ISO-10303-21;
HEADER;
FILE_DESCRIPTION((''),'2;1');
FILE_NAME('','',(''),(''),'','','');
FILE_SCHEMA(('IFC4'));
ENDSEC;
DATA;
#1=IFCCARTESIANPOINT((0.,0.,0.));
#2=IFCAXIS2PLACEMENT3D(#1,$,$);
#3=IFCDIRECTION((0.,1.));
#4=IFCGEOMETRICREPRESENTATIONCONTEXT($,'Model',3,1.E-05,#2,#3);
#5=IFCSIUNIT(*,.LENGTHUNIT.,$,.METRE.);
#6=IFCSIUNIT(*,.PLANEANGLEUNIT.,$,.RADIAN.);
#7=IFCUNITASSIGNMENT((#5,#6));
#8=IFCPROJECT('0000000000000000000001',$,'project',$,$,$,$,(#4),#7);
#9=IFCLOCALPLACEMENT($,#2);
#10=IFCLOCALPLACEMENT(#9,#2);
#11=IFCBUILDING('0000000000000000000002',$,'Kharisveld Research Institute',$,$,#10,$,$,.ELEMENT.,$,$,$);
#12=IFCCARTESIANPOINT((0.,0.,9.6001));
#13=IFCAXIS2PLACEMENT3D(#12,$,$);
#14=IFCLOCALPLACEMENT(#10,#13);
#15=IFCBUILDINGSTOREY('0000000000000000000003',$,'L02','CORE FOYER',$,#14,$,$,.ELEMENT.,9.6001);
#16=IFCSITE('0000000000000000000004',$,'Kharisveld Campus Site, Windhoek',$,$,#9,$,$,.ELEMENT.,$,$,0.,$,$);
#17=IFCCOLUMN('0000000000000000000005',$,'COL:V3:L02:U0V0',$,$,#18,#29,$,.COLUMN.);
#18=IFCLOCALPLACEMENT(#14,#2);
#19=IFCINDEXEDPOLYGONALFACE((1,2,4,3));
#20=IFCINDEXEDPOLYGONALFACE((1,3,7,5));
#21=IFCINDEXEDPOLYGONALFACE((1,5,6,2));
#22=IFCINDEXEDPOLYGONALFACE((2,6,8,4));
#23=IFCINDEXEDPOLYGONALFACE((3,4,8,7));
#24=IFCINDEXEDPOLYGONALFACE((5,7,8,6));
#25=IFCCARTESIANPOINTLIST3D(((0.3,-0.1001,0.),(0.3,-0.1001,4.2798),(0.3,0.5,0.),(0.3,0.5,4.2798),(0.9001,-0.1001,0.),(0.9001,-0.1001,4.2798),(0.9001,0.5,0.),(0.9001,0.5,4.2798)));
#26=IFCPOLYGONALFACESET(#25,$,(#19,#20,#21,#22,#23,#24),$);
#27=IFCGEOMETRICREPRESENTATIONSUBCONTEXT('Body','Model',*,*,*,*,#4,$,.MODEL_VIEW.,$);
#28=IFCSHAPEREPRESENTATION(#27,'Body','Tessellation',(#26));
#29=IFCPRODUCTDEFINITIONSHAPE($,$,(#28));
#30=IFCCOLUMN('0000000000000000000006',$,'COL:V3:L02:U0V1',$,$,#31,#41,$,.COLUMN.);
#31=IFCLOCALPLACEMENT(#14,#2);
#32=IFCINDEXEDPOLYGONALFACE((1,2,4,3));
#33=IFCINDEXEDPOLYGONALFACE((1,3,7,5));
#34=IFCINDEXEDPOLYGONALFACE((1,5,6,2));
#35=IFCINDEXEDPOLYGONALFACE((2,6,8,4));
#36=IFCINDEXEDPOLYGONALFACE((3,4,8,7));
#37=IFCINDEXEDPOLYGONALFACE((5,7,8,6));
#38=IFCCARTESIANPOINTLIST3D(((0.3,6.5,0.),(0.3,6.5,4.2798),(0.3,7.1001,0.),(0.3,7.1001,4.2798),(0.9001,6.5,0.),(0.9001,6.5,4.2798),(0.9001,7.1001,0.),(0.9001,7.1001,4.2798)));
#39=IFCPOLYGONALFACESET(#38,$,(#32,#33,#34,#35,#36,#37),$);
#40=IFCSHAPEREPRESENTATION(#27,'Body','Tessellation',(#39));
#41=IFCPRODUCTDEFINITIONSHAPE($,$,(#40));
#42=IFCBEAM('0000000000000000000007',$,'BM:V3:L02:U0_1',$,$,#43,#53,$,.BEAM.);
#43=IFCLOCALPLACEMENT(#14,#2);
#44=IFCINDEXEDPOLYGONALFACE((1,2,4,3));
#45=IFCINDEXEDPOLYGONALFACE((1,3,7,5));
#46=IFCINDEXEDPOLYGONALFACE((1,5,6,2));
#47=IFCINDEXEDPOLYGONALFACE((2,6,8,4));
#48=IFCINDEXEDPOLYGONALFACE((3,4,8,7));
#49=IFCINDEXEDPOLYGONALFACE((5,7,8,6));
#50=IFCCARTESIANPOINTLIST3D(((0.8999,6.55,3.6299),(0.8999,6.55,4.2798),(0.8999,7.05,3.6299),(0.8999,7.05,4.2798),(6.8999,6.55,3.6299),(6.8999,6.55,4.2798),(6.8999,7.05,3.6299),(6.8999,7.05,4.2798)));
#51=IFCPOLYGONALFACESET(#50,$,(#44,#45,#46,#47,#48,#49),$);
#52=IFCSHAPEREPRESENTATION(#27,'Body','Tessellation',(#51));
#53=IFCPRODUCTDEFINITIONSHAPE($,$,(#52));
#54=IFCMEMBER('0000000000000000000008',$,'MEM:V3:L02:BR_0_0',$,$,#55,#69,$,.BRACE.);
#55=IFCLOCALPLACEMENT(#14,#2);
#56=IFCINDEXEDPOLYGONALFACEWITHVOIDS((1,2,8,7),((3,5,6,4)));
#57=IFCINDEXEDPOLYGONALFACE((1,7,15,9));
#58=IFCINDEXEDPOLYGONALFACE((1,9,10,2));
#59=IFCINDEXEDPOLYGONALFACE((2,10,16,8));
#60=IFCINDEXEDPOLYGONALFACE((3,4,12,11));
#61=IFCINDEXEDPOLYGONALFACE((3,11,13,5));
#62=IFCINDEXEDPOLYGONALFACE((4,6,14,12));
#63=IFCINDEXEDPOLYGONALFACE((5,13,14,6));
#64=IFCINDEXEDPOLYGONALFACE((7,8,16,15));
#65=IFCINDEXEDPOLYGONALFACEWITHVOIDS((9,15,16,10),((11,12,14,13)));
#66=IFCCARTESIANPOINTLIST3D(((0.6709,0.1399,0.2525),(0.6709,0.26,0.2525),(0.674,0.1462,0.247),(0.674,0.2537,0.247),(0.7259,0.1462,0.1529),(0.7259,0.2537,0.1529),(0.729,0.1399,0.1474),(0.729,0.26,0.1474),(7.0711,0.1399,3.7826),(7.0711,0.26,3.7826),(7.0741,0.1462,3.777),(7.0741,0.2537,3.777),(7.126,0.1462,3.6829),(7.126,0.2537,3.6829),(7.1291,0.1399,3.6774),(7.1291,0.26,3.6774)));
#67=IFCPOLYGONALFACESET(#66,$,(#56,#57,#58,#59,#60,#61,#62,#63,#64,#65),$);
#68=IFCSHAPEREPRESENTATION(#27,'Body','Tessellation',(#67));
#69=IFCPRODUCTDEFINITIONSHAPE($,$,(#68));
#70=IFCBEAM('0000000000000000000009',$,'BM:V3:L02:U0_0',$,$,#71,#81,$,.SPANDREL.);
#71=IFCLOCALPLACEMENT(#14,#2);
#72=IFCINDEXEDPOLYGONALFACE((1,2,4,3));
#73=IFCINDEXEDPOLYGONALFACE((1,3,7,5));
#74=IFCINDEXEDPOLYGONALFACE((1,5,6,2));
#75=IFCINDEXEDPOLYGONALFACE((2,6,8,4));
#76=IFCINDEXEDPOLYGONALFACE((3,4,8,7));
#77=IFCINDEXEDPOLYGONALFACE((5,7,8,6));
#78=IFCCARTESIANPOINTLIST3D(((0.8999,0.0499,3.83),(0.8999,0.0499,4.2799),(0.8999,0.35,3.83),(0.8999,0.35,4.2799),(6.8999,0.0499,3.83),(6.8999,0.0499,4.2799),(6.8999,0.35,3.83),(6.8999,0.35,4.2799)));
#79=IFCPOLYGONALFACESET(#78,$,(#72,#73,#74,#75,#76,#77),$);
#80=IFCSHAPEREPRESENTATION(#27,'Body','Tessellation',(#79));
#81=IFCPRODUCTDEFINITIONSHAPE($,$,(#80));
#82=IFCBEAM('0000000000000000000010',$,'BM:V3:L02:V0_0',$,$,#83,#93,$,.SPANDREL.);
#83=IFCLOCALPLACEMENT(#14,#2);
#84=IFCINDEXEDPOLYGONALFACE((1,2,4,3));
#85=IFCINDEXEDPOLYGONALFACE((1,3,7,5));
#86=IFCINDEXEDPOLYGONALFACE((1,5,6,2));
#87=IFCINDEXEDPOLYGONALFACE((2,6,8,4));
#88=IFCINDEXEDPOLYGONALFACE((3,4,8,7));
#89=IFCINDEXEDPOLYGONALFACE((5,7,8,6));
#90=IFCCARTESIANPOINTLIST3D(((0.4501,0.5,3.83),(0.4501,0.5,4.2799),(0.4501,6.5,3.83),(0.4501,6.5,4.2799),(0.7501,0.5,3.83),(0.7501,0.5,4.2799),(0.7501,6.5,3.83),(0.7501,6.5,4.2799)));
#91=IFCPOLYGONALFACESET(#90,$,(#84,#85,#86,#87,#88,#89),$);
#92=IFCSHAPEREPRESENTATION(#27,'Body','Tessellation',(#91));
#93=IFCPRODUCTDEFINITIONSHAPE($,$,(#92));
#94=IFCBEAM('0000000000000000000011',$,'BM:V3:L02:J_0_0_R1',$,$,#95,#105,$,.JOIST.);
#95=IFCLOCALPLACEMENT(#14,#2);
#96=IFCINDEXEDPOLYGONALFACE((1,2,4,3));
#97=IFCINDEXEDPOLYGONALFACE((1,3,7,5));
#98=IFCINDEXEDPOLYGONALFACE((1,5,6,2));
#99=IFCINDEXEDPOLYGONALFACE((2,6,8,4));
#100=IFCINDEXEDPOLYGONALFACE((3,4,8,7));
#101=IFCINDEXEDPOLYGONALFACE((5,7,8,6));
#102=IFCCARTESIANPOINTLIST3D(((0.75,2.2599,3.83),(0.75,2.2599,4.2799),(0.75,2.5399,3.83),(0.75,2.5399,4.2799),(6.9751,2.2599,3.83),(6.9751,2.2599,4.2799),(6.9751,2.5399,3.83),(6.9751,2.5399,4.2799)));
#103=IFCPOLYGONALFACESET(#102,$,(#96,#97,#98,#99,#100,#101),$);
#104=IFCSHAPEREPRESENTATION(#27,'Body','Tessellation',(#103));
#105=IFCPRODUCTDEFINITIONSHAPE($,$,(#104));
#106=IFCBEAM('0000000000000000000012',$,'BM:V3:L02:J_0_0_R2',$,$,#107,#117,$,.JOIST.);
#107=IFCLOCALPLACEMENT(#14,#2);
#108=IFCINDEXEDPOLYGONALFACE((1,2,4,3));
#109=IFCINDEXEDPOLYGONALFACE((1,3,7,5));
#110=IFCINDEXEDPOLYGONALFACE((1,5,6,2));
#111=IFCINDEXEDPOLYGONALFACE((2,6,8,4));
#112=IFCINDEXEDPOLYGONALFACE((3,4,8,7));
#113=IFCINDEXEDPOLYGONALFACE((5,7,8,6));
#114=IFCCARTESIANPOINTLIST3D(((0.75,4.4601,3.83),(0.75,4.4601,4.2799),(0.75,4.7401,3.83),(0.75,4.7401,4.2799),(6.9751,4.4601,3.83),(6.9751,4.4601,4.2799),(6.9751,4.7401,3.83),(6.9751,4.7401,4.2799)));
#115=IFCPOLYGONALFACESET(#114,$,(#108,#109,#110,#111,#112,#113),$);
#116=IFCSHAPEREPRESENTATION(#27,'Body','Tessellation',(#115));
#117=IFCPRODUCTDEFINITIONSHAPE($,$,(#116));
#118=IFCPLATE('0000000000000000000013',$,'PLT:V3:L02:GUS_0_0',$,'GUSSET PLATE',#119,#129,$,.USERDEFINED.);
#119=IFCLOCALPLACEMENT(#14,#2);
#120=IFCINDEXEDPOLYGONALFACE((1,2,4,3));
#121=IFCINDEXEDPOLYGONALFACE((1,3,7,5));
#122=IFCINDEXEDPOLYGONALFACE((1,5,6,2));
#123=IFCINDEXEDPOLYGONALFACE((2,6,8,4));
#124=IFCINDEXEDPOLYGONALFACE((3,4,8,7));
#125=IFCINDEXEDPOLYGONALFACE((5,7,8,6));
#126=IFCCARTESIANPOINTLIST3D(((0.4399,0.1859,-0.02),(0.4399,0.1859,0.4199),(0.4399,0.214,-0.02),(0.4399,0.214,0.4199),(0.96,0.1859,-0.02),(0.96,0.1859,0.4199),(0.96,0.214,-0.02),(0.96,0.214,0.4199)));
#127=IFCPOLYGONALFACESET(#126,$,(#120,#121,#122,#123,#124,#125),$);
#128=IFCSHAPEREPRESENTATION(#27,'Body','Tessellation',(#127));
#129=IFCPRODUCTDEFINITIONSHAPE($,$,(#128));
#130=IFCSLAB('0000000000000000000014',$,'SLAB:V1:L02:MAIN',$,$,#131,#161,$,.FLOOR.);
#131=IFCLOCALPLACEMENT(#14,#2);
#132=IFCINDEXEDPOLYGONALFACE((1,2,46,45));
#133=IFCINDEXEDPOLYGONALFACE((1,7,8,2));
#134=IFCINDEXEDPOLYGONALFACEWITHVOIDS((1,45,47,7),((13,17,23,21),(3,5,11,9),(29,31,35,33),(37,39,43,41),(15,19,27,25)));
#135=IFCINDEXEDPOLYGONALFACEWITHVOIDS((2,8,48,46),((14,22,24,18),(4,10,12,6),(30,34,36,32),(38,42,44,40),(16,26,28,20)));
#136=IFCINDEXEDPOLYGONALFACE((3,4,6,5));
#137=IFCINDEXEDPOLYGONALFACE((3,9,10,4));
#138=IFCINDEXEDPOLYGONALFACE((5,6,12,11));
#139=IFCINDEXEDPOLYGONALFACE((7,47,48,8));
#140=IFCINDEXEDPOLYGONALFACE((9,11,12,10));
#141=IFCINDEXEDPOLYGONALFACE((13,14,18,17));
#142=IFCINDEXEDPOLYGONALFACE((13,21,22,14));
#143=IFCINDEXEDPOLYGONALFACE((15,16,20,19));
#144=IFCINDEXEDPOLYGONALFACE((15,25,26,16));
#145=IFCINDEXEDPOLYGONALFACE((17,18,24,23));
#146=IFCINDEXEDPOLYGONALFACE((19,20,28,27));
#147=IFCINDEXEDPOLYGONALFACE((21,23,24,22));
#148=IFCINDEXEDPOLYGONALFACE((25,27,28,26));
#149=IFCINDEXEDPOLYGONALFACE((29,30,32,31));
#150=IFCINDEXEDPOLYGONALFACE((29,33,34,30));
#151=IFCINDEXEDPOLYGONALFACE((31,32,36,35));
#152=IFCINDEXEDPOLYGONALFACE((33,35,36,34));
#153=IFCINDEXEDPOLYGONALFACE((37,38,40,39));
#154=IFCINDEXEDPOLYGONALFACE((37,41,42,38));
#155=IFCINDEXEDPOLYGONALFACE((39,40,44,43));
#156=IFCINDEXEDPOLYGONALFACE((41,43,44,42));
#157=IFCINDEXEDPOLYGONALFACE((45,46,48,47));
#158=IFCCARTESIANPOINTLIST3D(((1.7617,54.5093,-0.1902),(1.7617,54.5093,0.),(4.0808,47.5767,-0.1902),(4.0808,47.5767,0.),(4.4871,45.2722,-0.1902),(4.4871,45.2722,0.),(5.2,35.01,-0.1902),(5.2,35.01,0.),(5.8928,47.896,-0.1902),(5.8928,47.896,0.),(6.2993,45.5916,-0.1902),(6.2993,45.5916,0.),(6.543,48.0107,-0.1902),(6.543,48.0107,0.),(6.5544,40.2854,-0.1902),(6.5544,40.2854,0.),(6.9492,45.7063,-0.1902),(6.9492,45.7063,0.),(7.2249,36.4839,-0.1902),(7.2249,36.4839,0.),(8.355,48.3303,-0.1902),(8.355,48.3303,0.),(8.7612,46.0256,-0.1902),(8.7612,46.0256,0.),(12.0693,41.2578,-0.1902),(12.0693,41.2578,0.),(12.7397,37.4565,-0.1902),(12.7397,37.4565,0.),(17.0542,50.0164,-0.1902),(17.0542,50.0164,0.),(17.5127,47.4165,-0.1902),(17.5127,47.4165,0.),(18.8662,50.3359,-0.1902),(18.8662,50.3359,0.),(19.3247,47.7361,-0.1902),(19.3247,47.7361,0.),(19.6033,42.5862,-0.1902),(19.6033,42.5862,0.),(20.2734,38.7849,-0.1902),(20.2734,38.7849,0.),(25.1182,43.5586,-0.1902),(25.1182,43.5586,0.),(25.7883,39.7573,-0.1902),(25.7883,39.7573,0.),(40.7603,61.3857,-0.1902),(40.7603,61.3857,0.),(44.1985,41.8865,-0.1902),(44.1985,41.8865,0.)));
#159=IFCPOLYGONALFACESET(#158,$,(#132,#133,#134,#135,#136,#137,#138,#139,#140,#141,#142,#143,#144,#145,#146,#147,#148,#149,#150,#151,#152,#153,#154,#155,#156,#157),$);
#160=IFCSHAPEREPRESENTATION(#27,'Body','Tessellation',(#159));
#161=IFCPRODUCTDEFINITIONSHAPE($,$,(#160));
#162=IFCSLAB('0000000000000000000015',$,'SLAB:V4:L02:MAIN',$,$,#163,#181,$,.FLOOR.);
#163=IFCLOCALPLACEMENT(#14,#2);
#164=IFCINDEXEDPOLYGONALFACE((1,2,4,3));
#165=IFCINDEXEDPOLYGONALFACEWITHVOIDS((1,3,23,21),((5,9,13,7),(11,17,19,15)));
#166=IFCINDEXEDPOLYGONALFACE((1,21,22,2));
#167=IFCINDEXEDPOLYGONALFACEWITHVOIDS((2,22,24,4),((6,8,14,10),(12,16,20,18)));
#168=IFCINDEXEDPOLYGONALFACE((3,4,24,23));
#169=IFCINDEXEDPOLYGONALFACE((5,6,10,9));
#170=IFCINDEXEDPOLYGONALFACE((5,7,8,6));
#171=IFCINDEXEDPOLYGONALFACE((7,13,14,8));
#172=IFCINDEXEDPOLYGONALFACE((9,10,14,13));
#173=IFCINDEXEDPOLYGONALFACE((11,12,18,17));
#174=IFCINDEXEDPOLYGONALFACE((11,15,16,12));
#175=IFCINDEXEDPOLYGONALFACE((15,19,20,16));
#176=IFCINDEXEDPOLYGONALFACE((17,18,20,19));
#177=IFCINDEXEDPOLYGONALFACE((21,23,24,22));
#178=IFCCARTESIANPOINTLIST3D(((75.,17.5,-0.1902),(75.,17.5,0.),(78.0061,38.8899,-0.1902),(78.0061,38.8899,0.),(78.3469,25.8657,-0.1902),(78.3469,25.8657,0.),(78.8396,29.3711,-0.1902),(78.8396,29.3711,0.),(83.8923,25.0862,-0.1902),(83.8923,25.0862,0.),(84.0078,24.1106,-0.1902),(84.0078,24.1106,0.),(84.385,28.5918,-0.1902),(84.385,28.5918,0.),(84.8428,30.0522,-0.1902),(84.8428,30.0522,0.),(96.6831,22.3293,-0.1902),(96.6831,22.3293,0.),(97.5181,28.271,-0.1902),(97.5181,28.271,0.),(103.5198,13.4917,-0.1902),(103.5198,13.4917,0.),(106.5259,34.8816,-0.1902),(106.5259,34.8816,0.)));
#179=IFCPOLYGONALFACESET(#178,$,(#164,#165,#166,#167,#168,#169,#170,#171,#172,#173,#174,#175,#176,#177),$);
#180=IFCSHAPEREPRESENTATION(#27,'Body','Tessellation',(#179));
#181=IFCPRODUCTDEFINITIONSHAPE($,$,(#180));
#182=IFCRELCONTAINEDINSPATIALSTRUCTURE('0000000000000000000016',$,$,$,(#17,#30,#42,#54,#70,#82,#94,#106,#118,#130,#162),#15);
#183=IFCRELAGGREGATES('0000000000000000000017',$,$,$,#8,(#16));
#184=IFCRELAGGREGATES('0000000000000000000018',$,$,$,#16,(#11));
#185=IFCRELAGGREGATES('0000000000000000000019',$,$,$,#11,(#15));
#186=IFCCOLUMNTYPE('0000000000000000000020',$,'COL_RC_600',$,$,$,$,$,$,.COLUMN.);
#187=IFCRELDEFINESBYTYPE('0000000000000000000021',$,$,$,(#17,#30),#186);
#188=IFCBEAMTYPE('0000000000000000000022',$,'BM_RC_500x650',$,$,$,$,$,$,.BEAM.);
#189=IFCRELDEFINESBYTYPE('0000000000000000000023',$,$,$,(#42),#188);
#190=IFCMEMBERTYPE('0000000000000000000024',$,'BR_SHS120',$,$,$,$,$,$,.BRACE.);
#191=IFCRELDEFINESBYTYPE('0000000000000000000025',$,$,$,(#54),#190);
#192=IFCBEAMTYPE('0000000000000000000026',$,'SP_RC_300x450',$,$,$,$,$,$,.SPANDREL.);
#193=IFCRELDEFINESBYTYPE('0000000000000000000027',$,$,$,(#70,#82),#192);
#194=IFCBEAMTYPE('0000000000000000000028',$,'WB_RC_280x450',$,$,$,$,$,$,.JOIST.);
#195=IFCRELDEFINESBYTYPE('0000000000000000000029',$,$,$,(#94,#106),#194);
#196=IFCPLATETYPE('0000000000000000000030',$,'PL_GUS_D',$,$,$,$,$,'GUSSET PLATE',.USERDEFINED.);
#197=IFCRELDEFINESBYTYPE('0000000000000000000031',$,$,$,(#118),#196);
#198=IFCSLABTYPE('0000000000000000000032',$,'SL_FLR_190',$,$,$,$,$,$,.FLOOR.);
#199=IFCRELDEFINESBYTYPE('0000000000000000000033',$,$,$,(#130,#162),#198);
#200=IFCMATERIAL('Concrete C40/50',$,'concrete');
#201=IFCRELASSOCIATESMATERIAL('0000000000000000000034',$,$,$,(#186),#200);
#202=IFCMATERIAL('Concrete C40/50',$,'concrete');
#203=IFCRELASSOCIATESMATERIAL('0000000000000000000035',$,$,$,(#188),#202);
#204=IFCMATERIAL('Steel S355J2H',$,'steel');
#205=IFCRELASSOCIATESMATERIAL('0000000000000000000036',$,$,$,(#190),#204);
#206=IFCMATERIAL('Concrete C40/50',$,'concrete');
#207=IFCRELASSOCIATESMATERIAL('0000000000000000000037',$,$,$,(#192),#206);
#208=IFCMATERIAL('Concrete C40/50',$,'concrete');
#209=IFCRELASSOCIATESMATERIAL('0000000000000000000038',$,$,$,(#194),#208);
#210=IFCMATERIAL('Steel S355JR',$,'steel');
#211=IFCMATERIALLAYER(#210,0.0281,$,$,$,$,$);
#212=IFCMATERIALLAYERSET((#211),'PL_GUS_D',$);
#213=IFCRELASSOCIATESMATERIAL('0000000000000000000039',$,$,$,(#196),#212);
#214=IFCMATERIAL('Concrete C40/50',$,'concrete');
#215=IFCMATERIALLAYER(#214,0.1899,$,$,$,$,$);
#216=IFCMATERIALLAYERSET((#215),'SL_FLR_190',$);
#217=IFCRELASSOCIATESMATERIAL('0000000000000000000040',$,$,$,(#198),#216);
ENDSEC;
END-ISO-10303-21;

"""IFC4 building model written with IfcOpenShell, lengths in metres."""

from ifc_helpers import new_model, si_unit, direction, frame, origin, origin_2d, place, context, subcontext, project, spatial, polyline, rectangle, hollow_rectangle, outline, extrude, material, layer, layer_set, material_profile, profile_set, type_object, element, save


model = new_model("IFC4")

# Units and contexts
model_context = context("Model", 3, precision=1e-05, world=origin(), true_north=direction((0.0, 1.0)))
body_context = subcontext(model_context, "Body", "Model", "MODEL_VIEW")
ifc_project = project(units=[si_unit("LENGTHUNIT", "METRE"), si_unit("PLANEANGLEUNIT", "RADIAN")], contexts=[model_context])

# Site, building, storey
site_placement = place(None, origin())
site = spatial("IfcSite", under=ifc_project, at=site_placement, Name="Kharisveld Campus Site, Windhoek", CompositionType="ELEMENT", RefElevation=0.0)
building_placement = place(site_placement, origin())
building = spatial("IfcBuilding", under=site, at=building_placement, Name="Kharisveld Research Institute", CompositionType="ELEMENT")
storey_placement = place(building_placement, frame((0.0, 0.0, 9.6001)))
storey = spatial("IfcBuildingStorey", under=building, at=storey_placement, Name="L02", Description="CORE FOYER", CompositionType="ELEMENT", Elevation=9.6001)

# Columns
ifc_material_1 = material(Name="Concrete C40/50", Category="concrete")
ifc_material_profile_1 = material_profile(ifc_material_1, rectangle(XDim=0.6001, YDim=0.6001, at=origin_2d()))
ifc_profile_set_1 = profile_set([ifc_material_profile_1], Name="Concrete C40/50")
column_type = type_object("IfcColumnType", Name="COL_RC_600", PredefinedType="COLUMN", material=ifc_profile_set_1)
for number, where, z_axis, x_axis, name in (
    (1, (0.6001, 0.2, 0.0), (0.0, 0.0, 1.0), (1.0, 0.0, 0.0), "COL:V3:L02:U0V0"),
    (2, (0.6001, 6.8, 0.0), (0.0, 0.0, 1.0), (1.0, 0.0, 0.0), "COL:V3:L02:U0V1"),
):
    element("IfcColumn", number, at=place(storey_placement, frame(where, z_axis=z_axis, x_axis=x_axis)), inside=storey, type_object=column_type, Name=name, PredefinedType="COLUMN", context=body_context, shape_type="SweptSolid", body=[
        extrude(rectangle(XDim=0.6001, YDim=0.6001, at=origin_2d()), origin(), (0.0, 0.0, 1.0), 4.2798),
    ])

# Beam
ifc_material_2 = material(Name="Concrete C40/50", Category="concrete")
ifc_material_profile_2 = material_profile(ifc_material_2, rectangle(XDim=0.5, YDim=0.6499, at=origin_2d()))
ifc_profile_set_2 = profile_set([ifc_material_profile_2], Name="Concrete C40/50")
beam_type_1 = type_object("IfcBeamType", Name="BM_RC_500x650", PredefinedType="BEAM", material=ifc_profile_set_2)
beam_placement = place(storey_placement, frame((0.8999, 6.8, 3.9548), z_axis=(1.0, 0.0, 0.0), x_axis=(0.0, 1.0, 0.0)))
element("IfcBeam", 3, at=beam_placement, inside=storey, type_object=beam_type_1, Name="BM:V3:L02:U0_1", PredefinedType="BEAM", context=body_context, shape_type="SweptSolid", body=[
    extrude(rectangle(XDim=0.5, YDim=0.6499, at=origin_2d()), origin(), (0.0, 0.0, 1.0), 6.0),
])

# Member
ifc_material_3 = material(Name="Steel S355J2H", Category="steel")
ifc_material_profile_3 = material_profile(ifc_material_3, hollow_rectangle(XDim=0.1201, YDim=0.1201, WallThickness=0.0063, at=origin_2d()))
ifc_profile_set_3 = profile_set([ifc_material_profile_3], Name="Steel S355J2H")
member_type = type_object("IfcMemberType", Name="BR_SHS120", PredefinedType="BRACE", material=ifc_profile_set_3)
member_placement = place(storey_placement, frame((0.7, 0.2, 0.2), z_axis=(0.875641, 0.0, 0.482963), x_axis=(0.0, 1.0, 0.0)))
element("IfcMember", 4, at=member_placement, inside=storey, type_object=member_type, Name="MEM:V3:L02:BR_0_0", PredefinedType="BRACE", context=body_context, shape_type="SweptSolid", body=[
    extrude(hollow_rectangle(XDim=0.1201, YDim=0.1201, WallThickness=0.0063, at=origin_2d()), origin(), (0.0, 0.0, 1.0), 7.3091),
])

# Beams
ifc_material_4 = material(Name="Concrete C40/50", Category="concrete")
ifc_material_profile_4 = material_profile(ifc_material_4, rectangle(XDim=0.3, YDim=0.45, at=origin_2d()))
ifc_profile_set_4 = profile_set([ifc_material_profile_4], Name="Concrete C40/50")
beam_type_2 = type_object("IfcBeamType", Name="SP_RC_300x450", PredefinedType="SPANDREL", material=ifc_profile_set_4)
for number, where, z_axis, x_axis, name in (
    (5, (0.8999, 0.2, 4.0549), (1.0, 0.0, 0.0), (0.0, 1.0, 0.0), "BM:V3:L02:U0_0"),
    (6, (0.6001, 0.5, 4.0549), (0.0, 1.0, 0.0), (-1.0, 0.0, 0.0), "BM:V3:L02:V0_0"),
):
    element("IfcBeam", number, at=place(storey_placement, frame(where, z_axis=z_axis, x_axis=x_axis)), inside=storey, type_object=beam_type_2, Name=name, PredefinedType="SPANDREL", context=body_context, shape_type="SweptSolid", body=[
        extrude(rectangle(XDim=0.3, YDim=0.45, at=origin_2d()), origin(), (0.0, 0.0, 1.0), 6.0),
    ])
ifc_material_5 = material(Name="Concrete C40/50", Category="concrete")
ifc_material_profile_5 = material_profile(ifc_material_5, rectangle(XDim=0.28, YDim=0.45, at=origin_2d()))
ifc_profile_set_5 = profile_set([ifc_material_profile_5], Name="Concrete C40/50")
beam_type_3 = type_object("IfcBeamType", Name="WB_RC_280x450", PredefinedType="JOIST", material=ifc_profile_set_5)
for number, where, z_axis, x_axis, name in (
    (7, (0.75, 2.3999, 4.0549), (1.0, 0.0, 0.0), (0.0, 1.0, 0.0), "BM:V3:L02:J_0_0_R1"),
    (8, (0.75, 4.6001, 4.0549), (1.0, 0.0, 0.0), (0.0, 1.0, 0.0), "BM:V3:L02:J_0_0_R2"),
):
    element("IfcBeam", number, at=place(storey_placement, frame(where, z_axis=z_axis, x_axis=x_axis)), inside=storey, type_object=beam_type_3, Name=name, PredefinedType="JOIST", context=body_context, shape_type="SweptSolid", body=[
        extrude(rectangle(XDim=0.28, YDim=0.45, at=origin_2d()), origin(), (0.0, 0.0, 1.0), 6.2251),
    ])

# Plate
ifc_material_6 = material(Name="Steel S355JR", Category="steel")
ifc_layer_1 = layer(ifc_material_6, 0.0281)
ifc_layer_set_1 = layer_set([ifc_layer_1], Name="PL_GUS_D")
plate_type = type_object("IfcPlateType", Name="PL_GUS_D", ElementType="GUSSET PLATE", PredefinedType="USERDEFINED", material=ifc_layer_set_1)
plate_placement = place(storey_placement, frame((0.7, 0.2, -0.02), z_axis=(0.0, 0.0, 1.0), x_axis=(1.0, 0.0, 0.0)))
element("IfcPlate", 9, at=plate_placement, inside=storey, type_object=plate_type, Name="PLT:V3:L02:GUS_0_0", ObjectType="GUSSET PLATE", PredefinedType="USERDEFINED", context=body_context, shape_type="SweptSolid", body=[
    extrude(rectangle(XDim=0.52, YDim=0.0281, at=origin_2d()), origin(), (0.0, 0.0, 1.0), 0.4399),
])

# Slabs
ifc_material_7 = material(Name="Concrete C40/50", Category="concrete")
ifc_layer_2 = layer(ifc_material_7, 0.1899)
ifc_layer_set_2 = layer_set([ifc_layer_2], Name="SL_FLR_190")
slab_type_1 = type_object("IfcSlabType", Name="SL_FLR_190", PredefinedType="FLOOR", material=ifc_layer_set_2)
slab_1_placement = place(storey_placement, frame((0.0, 0.0, -0.1902)))
element("IfcSlab", 10, at=slab_1_placement, inside=storey, type_object=slab_type_1, Name="SLAB:V1:L02:MAIN", PredefinedType="FLOOR", context=body_context, shape_type="SweptSolid", body=[
    extrude(outline(polyline([(5.2, 35.01), (44.1985, 41.8865), (40.7603, 61.3857), (1.7617, 54.5093), (5.2, 35.01)]), holes=[polyline([(12.7397, 37.4565), (7.2249, 36.4839), (6.5544, 40.2854), (12.0693, 41.2578), (12.7397, 37.4565)]), polyline([(25.7883, 39.7573), (20.2734, 38.7849), (19.6033, 42.5862), (25.1182, 43.5586), (25.7883, 39.7573)]), polyline([(6.2993, 45.5916), (4.4871, 45.2722), (4.0808, 47.5767), (5.8928, 47.896), (6.2993, 45.5916)]), polyline([(6.9492, 45.7063), (6.543, 48.0107), (8.355, 48.3303), (8.7612, 46.0256), (6.9492, 45.7063)]), polyline([(17.5127, 47.4165), (17.0542, 50.0164), (18.8662, 50.3359), (19.3247, 47.7361), (17.5127, 47.4165)])]), origin(), (0.0, 0.0, 1.0), 0.1902),
])
slab_2_placement = place(storey_placement, frame((0.0, 0.0, -0.1902)))
element("IfcSlab", 11, at=slab_2_placement, inside=storey, type_object=slab_type_1, Name="SLAB:V4:L02:MAIN", PredefinedType="FLOOR", context=body_context, shape_type="SweptSolid", body=[
    extrude(outline(polyline([(75.0, 17.5), (103.5198, 13.4917), (106.5259, 34.8816), (78.0061, 38.8899), (75.0, 17.5)]), holes=[polyline([(97.5181, 28.271), (96.6831, 22.3293), (84.0078, 24.1106), (84.8428, 30.0522), (97.5181, 28.271)]), polyline([(84.385, 28.5918), (83.8923, 25.0862), (78.3469, 25.8657), (78.8396, 29.3711), (84.385, 28.5918)])]), origin(), (0.0, 0.0, 1.0), 0.1902),
])

save(model, "model.ifc")
